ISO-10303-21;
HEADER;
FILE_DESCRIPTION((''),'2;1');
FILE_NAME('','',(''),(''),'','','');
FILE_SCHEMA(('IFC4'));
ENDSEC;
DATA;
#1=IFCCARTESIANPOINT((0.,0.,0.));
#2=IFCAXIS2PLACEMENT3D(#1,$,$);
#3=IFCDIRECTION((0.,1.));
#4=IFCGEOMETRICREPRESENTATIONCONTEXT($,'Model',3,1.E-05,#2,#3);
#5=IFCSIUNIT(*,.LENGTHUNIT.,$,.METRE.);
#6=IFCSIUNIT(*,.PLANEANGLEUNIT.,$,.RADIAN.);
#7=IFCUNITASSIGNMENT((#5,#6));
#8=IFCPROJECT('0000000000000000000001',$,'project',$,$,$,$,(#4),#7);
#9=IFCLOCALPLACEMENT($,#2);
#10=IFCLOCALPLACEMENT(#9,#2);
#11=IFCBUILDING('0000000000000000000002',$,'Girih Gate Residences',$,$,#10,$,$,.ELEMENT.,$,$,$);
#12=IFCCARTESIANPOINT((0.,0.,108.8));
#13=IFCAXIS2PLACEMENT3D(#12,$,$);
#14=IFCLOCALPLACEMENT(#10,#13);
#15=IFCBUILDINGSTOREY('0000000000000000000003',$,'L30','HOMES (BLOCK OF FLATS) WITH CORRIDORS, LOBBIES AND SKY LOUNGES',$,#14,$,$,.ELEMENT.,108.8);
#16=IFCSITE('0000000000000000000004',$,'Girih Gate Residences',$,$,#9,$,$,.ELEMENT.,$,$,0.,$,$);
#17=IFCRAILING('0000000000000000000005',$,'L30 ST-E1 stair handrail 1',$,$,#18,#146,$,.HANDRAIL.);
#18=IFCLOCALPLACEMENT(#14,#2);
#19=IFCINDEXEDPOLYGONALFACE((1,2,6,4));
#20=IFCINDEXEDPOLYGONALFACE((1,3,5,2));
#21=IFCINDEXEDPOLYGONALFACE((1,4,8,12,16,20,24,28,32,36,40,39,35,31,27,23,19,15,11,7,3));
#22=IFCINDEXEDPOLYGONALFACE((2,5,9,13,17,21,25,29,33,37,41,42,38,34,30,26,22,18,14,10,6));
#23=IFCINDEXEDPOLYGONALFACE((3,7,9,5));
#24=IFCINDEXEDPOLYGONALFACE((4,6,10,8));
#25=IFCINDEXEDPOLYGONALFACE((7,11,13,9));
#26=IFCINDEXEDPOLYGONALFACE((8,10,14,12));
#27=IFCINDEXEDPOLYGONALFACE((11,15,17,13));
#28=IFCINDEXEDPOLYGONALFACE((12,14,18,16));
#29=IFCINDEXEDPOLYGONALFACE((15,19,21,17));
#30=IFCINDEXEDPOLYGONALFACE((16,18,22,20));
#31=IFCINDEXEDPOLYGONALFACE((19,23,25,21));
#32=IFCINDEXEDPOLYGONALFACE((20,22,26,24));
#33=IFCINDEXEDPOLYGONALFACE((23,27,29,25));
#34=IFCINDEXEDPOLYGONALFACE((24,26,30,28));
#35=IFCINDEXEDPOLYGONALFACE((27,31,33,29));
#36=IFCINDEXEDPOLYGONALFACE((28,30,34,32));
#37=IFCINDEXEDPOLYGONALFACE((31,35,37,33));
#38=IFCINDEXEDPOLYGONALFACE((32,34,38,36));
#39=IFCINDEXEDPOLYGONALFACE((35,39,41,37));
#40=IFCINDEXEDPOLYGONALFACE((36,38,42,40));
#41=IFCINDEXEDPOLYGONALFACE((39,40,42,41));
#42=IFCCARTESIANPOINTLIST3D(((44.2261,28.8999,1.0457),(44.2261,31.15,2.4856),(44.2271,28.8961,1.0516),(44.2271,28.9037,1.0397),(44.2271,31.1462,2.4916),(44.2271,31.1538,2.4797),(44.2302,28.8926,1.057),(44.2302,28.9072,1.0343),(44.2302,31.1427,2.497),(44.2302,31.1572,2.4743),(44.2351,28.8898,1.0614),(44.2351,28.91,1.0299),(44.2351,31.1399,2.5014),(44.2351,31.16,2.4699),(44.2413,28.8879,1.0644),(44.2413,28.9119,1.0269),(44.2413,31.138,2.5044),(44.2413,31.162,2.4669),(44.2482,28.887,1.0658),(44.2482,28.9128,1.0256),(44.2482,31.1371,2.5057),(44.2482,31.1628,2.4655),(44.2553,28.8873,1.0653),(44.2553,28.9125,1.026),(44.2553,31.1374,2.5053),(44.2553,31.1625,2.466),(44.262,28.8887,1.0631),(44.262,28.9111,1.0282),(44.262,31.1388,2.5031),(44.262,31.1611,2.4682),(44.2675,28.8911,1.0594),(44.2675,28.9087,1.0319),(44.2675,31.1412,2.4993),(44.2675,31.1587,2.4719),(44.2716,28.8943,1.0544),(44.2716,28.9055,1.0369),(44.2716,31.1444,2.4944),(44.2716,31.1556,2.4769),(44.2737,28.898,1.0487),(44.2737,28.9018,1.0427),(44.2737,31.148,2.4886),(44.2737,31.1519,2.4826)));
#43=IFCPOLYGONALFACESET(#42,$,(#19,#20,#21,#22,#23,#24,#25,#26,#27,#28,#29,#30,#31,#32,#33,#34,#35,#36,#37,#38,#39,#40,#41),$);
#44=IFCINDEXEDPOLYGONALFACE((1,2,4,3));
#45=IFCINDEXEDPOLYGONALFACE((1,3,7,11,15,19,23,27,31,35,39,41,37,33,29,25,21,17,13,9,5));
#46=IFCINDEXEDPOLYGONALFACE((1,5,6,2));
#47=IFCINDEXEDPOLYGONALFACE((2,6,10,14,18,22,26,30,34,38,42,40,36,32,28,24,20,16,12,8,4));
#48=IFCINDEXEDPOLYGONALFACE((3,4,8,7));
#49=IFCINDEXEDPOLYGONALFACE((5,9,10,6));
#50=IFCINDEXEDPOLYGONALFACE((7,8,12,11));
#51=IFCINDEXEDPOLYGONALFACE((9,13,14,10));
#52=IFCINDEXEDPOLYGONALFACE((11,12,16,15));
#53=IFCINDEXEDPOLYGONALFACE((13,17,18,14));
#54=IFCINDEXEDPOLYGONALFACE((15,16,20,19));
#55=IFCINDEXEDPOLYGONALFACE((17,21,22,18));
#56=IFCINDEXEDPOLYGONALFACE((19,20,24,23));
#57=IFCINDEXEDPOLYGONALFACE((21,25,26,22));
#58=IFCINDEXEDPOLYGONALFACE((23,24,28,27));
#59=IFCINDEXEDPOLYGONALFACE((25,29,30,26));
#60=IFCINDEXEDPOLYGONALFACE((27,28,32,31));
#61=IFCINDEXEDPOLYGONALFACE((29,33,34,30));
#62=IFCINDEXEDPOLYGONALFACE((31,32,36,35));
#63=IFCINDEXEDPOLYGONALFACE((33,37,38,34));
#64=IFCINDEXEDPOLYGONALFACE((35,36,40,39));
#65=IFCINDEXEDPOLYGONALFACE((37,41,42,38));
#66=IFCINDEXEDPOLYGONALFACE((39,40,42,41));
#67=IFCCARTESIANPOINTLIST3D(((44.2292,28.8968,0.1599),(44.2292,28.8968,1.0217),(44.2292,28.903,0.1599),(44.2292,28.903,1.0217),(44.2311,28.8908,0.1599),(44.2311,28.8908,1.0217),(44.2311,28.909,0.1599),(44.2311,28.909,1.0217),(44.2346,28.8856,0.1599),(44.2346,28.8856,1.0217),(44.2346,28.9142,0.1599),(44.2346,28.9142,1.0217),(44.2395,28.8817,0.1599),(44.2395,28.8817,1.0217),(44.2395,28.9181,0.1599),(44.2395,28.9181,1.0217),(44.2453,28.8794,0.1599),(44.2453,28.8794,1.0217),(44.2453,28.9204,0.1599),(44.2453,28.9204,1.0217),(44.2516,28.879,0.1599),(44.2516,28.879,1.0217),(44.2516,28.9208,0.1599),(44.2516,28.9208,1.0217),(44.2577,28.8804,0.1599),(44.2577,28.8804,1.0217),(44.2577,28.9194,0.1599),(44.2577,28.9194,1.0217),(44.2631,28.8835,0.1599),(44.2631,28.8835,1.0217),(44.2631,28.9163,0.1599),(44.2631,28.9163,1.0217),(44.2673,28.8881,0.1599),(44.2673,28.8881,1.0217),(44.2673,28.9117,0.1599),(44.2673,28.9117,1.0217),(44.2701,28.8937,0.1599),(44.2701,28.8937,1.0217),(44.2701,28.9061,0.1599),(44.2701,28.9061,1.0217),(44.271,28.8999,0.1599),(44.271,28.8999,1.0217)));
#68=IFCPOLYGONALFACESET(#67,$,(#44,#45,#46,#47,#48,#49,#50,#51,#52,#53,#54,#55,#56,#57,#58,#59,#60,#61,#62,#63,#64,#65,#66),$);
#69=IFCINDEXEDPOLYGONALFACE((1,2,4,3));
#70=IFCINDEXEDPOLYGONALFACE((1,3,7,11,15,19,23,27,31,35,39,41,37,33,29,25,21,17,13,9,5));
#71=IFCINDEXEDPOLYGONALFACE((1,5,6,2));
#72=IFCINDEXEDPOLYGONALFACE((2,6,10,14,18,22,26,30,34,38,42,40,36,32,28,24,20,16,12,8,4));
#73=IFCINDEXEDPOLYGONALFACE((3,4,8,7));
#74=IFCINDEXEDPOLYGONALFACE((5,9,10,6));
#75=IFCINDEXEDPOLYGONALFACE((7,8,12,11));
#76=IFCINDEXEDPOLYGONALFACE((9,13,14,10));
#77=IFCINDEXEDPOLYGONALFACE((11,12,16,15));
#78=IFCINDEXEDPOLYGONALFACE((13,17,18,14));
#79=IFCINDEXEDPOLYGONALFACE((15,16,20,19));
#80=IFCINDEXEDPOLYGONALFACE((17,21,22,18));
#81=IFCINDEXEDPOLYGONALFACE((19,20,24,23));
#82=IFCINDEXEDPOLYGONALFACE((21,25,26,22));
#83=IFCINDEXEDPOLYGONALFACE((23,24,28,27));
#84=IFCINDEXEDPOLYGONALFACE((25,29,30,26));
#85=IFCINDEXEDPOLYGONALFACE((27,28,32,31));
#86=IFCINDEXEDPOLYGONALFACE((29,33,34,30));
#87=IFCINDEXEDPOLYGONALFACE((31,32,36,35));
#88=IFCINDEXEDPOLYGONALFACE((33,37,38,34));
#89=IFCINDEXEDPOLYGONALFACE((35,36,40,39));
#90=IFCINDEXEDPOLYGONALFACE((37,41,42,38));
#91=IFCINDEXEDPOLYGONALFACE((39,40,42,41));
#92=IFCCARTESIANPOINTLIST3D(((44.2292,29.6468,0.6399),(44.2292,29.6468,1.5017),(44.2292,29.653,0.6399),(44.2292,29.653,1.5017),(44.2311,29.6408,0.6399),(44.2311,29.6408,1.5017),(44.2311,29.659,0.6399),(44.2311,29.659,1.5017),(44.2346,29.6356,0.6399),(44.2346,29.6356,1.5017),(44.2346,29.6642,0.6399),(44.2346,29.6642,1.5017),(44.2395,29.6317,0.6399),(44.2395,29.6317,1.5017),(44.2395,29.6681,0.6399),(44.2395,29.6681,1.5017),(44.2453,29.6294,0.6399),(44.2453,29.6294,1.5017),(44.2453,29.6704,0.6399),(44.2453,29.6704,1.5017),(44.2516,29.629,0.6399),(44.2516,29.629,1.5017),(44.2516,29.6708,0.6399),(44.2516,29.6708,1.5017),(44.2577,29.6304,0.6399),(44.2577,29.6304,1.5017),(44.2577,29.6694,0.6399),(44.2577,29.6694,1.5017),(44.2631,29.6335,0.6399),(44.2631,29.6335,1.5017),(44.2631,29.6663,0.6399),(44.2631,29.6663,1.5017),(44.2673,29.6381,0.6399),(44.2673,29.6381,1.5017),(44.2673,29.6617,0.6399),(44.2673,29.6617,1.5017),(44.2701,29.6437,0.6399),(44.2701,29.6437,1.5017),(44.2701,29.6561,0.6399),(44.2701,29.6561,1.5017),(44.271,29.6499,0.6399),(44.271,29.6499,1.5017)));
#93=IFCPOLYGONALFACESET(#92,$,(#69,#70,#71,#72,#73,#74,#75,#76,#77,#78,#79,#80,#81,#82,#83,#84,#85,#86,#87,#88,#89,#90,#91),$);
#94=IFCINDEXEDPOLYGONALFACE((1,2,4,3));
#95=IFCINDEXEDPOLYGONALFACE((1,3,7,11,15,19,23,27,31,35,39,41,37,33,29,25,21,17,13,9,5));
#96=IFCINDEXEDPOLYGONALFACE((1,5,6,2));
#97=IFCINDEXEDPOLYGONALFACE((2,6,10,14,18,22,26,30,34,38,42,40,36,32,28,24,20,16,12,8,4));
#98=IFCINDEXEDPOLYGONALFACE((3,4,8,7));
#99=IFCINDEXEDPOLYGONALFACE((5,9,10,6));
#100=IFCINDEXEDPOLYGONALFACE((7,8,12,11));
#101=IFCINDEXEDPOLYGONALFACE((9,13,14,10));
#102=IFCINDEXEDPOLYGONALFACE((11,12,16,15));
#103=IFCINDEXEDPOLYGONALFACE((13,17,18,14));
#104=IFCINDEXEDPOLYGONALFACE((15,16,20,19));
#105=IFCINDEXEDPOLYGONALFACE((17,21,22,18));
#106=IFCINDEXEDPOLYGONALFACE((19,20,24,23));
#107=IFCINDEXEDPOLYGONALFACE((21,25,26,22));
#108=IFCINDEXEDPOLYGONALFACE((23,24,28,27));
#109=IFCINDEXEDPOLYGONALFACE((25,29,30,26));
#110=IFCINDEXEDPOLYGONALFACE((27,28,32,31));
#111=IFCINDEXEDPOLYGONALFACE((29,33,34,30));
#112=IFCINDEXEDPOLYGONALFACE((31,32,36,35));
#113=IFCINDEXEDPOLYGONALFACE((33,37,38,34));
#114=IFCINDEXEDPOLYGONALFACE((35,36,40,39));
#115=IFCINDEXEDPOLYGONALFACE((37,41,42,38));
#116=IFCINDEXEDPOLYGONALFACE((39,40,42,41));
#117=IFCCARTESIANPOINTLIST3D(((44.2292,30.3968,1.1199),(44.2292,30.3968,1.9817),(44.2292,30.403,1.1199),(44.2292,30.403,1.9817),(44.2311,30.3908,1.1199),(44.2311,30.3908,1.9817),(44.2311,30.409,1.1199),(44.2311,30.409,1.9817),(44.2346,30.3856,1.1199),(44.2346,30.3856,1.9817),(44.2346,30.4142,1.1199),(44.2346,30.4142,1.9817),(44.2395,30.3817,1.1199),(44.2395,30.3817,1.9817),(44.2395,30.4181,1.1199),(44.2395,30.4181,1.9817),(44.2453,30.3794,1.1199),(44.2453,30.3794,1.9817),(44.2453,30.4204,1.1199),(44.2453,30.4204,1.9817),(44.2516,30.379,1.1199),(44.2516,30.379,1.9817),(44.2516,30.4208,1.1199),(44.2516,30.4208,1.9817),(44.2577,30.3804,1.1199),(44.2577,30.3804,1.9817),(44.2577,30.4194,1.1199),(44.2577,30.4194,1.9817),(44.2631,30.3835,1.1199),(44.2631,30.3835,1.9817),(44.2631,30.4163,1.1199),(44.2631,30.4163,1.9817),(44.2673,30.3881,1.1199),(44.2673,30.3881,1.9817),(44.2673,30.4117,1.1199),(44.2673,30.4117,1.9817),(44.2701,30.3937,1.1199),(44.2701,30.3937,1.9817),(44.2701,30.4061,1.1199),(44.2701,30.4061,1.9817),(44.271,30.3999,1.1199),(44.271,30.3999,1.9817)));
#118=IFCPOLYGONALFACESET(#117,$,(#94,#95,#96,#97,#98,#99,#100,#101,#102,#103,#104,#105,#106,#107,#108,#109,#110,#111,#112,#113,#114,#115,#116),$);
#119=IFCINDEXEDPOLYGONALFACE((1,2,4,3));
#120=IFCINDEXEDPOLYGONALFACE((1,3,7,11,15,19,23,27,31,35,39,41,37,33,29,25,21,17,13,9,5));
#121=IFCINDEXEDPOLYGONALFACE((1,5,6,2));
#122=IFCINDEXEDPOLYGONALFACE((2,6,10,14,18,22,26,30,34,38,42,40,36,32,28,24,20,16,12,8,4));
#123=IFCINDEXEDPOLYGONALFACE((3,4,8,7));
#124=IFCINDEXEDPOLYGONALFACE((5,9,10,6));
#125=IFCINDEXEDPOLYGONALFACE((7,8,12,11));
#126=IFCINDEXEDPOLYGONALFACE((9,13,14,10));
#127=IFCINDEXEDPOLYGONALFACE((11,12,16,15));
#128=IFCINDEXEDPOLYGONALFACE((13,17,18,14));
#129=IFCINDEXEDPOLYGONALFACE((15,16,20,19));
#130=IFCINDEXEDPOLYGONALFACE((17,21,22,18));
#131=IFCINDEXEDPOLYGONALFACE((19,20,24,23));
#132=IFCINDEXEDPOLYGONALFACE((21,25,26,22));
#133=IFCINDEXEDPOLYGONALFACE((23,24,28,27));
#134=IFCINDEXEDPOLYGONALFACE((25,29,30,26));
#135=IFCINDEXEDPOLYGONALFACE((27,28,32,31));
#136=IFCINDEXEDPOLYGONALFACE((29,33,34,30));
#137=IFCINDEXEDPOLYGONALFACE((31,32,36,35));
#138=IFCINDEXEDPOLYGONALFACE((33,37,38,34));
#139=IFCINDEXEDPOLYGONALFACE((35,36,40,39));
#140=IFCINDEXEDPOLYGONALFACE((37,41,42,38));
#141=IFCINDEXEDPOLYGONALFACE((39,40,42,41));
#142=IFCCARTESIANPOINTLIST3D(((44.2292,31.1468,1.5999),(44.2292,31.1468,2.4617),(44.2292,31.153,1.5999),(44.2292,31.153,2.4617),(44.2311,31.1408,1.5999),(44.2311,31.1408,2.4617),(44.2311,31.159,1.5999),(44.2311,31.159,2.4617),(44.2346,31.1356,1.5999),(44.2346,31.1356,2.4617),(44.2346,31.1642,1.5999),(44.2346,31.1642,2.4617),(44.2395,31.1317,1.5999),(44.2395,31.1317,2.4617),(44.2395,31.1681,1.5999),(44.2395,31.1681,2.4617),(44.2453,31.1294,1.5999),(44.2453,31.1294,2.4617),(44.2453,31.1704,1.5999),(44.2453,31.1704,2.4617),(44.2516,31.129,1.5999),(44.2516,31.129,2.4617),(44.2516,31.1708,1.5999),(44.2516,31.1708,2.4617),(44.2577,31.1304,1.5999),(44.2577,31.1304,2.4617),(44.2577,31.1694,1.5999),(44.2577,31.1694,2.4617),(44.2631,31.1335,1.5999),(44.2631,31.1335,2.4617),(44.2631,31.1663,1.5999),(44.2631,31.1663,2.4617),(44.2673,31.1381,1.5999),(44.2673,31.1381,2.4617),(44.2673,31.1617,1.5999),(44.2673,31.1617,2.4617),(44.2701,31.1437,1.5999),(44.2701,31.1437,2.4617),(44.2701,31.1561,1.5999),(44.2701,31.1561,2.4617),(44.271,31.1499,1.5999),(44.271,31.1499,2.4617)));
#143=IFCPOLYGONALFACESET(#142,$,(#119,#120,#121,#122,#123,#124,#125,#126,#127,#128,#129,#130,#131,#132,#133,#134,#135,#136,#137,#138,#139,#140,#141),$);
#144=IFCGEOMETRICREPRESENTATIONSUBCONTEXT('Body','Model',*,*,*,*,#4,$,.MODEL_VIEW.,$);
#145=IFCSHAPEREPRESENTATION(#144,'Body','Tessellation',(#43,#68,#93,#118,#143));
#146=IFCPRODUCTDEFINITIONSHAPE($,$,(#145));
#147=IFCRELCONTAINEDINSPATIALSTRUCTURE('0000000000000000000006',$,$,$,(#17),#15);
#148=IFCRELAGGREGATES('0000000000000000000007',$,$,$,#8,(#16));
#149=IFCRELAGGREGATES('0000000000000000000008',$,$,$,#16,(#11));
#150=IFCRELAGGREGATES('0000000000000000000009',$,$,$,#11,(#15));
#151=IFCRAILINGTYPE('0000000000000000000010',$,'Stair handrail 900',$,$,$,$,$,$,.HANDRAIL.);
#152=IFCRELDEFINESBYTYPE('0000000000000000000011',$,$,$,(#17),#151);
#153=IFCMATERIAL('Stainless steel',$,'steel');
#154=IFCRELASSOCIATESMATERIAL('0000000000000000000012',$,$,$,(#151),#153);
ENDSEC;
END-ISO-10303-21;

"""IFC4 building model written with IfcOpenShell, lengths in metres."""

from ifc_helpers import new_model, si_unit, direction, frame, origin, origin_2d, place, context, subcontext, project, spatial, circle, extrude, material, type_object, element, save


model = new_model("IFC4")

# Units and contexts
model_context = context("Model", 3, precision=1e-05, world=origin(), true_north=direction((0.0, 1.0)))
body_context = subcontext(model_context, "Body", "Model", "MODEL_VIEW")
ifc_project = project(units=[si_unit("LENGTHUNIT", "METRE"), si_unit("PLANEANGLEUNIT", "RADIAN")], contexts=[model_context])

# Site, building, storey
site_placement = place(None, origin())
site = spatial("IfcSite", under=ifc_project, at=site_placement, Name="Girih Gate Residences", CompositionType="ELEMENT", RefElevation=0.0)
building_placement = place(site_placement, origin())
building = spatial("IfcBuilding", under=site, at=building_placement, Name="Girih Gate Residences", CompositionType="ELEMENT")
storey_placement = place(building_placement, frame((0.0, 0.0, 108.8)))
storey = spatial("IfcBuildingStorey", under=building, at=storey_placement, Name="L30", Description="HOMES (BLOCK OF FLATS) WITH CORRIDORS, LOBBIES AND SKY LOUNGES", CompositionType="ELEMENT", Elevation=108.8)

# Railing
ifc_material_1 = material(Name="Stainless steel", Category="steel")
railing_type_1 = type_object("IfcRailingType", Name="Stair handrail 900", PredefinedType="HANDRAIL", material=ifc_material_1)
railing_1_placement = place(storey_placement, frame((44.25, 28.8999, 0.1599)))
element("IfcRailing", 1, at=railing_1_placement, inside=storey, type_object=railing_type_1, Name="L30 ST-E1 stair handrail 1", PredefinedType="HANDRAIL", context=body_context, shape_type="SweptSolid", body=[
    extrude(circle(Radius=0.0239, at=origin_2d()), frame((0.0, 0.0, 0.8857), z_axis=(0.0, 0.842281, 0.539038), x_axis=(-1.0, 0.0, 0.0)), (0.0, 0.0, 1.0), 2.6714),
    extrude(circle(Radius=0.021, at=origin_2d()), origin(), (0.0, 0.0, 1.0), 0.8618),
    extrude(circle(Radius=0.021, at=origin_2d()), frame((0.0, 0.75, 0.48)), (0.0, 0.0, 1.0), 0.8618),
    extrude(circle(Radius=0.021, at=origin_2d()), frame((0.0, 1.5, 0.96)), (0.0, 0.0, 1.0), 0.8618),
    extrude(circle(Radius=0.021, at=origin_2d()), frame((0.0, 2.25, 1.4399)), (0.0, 0.0, 1.0), 0.8618),
])

save(model, "model.ifc")
